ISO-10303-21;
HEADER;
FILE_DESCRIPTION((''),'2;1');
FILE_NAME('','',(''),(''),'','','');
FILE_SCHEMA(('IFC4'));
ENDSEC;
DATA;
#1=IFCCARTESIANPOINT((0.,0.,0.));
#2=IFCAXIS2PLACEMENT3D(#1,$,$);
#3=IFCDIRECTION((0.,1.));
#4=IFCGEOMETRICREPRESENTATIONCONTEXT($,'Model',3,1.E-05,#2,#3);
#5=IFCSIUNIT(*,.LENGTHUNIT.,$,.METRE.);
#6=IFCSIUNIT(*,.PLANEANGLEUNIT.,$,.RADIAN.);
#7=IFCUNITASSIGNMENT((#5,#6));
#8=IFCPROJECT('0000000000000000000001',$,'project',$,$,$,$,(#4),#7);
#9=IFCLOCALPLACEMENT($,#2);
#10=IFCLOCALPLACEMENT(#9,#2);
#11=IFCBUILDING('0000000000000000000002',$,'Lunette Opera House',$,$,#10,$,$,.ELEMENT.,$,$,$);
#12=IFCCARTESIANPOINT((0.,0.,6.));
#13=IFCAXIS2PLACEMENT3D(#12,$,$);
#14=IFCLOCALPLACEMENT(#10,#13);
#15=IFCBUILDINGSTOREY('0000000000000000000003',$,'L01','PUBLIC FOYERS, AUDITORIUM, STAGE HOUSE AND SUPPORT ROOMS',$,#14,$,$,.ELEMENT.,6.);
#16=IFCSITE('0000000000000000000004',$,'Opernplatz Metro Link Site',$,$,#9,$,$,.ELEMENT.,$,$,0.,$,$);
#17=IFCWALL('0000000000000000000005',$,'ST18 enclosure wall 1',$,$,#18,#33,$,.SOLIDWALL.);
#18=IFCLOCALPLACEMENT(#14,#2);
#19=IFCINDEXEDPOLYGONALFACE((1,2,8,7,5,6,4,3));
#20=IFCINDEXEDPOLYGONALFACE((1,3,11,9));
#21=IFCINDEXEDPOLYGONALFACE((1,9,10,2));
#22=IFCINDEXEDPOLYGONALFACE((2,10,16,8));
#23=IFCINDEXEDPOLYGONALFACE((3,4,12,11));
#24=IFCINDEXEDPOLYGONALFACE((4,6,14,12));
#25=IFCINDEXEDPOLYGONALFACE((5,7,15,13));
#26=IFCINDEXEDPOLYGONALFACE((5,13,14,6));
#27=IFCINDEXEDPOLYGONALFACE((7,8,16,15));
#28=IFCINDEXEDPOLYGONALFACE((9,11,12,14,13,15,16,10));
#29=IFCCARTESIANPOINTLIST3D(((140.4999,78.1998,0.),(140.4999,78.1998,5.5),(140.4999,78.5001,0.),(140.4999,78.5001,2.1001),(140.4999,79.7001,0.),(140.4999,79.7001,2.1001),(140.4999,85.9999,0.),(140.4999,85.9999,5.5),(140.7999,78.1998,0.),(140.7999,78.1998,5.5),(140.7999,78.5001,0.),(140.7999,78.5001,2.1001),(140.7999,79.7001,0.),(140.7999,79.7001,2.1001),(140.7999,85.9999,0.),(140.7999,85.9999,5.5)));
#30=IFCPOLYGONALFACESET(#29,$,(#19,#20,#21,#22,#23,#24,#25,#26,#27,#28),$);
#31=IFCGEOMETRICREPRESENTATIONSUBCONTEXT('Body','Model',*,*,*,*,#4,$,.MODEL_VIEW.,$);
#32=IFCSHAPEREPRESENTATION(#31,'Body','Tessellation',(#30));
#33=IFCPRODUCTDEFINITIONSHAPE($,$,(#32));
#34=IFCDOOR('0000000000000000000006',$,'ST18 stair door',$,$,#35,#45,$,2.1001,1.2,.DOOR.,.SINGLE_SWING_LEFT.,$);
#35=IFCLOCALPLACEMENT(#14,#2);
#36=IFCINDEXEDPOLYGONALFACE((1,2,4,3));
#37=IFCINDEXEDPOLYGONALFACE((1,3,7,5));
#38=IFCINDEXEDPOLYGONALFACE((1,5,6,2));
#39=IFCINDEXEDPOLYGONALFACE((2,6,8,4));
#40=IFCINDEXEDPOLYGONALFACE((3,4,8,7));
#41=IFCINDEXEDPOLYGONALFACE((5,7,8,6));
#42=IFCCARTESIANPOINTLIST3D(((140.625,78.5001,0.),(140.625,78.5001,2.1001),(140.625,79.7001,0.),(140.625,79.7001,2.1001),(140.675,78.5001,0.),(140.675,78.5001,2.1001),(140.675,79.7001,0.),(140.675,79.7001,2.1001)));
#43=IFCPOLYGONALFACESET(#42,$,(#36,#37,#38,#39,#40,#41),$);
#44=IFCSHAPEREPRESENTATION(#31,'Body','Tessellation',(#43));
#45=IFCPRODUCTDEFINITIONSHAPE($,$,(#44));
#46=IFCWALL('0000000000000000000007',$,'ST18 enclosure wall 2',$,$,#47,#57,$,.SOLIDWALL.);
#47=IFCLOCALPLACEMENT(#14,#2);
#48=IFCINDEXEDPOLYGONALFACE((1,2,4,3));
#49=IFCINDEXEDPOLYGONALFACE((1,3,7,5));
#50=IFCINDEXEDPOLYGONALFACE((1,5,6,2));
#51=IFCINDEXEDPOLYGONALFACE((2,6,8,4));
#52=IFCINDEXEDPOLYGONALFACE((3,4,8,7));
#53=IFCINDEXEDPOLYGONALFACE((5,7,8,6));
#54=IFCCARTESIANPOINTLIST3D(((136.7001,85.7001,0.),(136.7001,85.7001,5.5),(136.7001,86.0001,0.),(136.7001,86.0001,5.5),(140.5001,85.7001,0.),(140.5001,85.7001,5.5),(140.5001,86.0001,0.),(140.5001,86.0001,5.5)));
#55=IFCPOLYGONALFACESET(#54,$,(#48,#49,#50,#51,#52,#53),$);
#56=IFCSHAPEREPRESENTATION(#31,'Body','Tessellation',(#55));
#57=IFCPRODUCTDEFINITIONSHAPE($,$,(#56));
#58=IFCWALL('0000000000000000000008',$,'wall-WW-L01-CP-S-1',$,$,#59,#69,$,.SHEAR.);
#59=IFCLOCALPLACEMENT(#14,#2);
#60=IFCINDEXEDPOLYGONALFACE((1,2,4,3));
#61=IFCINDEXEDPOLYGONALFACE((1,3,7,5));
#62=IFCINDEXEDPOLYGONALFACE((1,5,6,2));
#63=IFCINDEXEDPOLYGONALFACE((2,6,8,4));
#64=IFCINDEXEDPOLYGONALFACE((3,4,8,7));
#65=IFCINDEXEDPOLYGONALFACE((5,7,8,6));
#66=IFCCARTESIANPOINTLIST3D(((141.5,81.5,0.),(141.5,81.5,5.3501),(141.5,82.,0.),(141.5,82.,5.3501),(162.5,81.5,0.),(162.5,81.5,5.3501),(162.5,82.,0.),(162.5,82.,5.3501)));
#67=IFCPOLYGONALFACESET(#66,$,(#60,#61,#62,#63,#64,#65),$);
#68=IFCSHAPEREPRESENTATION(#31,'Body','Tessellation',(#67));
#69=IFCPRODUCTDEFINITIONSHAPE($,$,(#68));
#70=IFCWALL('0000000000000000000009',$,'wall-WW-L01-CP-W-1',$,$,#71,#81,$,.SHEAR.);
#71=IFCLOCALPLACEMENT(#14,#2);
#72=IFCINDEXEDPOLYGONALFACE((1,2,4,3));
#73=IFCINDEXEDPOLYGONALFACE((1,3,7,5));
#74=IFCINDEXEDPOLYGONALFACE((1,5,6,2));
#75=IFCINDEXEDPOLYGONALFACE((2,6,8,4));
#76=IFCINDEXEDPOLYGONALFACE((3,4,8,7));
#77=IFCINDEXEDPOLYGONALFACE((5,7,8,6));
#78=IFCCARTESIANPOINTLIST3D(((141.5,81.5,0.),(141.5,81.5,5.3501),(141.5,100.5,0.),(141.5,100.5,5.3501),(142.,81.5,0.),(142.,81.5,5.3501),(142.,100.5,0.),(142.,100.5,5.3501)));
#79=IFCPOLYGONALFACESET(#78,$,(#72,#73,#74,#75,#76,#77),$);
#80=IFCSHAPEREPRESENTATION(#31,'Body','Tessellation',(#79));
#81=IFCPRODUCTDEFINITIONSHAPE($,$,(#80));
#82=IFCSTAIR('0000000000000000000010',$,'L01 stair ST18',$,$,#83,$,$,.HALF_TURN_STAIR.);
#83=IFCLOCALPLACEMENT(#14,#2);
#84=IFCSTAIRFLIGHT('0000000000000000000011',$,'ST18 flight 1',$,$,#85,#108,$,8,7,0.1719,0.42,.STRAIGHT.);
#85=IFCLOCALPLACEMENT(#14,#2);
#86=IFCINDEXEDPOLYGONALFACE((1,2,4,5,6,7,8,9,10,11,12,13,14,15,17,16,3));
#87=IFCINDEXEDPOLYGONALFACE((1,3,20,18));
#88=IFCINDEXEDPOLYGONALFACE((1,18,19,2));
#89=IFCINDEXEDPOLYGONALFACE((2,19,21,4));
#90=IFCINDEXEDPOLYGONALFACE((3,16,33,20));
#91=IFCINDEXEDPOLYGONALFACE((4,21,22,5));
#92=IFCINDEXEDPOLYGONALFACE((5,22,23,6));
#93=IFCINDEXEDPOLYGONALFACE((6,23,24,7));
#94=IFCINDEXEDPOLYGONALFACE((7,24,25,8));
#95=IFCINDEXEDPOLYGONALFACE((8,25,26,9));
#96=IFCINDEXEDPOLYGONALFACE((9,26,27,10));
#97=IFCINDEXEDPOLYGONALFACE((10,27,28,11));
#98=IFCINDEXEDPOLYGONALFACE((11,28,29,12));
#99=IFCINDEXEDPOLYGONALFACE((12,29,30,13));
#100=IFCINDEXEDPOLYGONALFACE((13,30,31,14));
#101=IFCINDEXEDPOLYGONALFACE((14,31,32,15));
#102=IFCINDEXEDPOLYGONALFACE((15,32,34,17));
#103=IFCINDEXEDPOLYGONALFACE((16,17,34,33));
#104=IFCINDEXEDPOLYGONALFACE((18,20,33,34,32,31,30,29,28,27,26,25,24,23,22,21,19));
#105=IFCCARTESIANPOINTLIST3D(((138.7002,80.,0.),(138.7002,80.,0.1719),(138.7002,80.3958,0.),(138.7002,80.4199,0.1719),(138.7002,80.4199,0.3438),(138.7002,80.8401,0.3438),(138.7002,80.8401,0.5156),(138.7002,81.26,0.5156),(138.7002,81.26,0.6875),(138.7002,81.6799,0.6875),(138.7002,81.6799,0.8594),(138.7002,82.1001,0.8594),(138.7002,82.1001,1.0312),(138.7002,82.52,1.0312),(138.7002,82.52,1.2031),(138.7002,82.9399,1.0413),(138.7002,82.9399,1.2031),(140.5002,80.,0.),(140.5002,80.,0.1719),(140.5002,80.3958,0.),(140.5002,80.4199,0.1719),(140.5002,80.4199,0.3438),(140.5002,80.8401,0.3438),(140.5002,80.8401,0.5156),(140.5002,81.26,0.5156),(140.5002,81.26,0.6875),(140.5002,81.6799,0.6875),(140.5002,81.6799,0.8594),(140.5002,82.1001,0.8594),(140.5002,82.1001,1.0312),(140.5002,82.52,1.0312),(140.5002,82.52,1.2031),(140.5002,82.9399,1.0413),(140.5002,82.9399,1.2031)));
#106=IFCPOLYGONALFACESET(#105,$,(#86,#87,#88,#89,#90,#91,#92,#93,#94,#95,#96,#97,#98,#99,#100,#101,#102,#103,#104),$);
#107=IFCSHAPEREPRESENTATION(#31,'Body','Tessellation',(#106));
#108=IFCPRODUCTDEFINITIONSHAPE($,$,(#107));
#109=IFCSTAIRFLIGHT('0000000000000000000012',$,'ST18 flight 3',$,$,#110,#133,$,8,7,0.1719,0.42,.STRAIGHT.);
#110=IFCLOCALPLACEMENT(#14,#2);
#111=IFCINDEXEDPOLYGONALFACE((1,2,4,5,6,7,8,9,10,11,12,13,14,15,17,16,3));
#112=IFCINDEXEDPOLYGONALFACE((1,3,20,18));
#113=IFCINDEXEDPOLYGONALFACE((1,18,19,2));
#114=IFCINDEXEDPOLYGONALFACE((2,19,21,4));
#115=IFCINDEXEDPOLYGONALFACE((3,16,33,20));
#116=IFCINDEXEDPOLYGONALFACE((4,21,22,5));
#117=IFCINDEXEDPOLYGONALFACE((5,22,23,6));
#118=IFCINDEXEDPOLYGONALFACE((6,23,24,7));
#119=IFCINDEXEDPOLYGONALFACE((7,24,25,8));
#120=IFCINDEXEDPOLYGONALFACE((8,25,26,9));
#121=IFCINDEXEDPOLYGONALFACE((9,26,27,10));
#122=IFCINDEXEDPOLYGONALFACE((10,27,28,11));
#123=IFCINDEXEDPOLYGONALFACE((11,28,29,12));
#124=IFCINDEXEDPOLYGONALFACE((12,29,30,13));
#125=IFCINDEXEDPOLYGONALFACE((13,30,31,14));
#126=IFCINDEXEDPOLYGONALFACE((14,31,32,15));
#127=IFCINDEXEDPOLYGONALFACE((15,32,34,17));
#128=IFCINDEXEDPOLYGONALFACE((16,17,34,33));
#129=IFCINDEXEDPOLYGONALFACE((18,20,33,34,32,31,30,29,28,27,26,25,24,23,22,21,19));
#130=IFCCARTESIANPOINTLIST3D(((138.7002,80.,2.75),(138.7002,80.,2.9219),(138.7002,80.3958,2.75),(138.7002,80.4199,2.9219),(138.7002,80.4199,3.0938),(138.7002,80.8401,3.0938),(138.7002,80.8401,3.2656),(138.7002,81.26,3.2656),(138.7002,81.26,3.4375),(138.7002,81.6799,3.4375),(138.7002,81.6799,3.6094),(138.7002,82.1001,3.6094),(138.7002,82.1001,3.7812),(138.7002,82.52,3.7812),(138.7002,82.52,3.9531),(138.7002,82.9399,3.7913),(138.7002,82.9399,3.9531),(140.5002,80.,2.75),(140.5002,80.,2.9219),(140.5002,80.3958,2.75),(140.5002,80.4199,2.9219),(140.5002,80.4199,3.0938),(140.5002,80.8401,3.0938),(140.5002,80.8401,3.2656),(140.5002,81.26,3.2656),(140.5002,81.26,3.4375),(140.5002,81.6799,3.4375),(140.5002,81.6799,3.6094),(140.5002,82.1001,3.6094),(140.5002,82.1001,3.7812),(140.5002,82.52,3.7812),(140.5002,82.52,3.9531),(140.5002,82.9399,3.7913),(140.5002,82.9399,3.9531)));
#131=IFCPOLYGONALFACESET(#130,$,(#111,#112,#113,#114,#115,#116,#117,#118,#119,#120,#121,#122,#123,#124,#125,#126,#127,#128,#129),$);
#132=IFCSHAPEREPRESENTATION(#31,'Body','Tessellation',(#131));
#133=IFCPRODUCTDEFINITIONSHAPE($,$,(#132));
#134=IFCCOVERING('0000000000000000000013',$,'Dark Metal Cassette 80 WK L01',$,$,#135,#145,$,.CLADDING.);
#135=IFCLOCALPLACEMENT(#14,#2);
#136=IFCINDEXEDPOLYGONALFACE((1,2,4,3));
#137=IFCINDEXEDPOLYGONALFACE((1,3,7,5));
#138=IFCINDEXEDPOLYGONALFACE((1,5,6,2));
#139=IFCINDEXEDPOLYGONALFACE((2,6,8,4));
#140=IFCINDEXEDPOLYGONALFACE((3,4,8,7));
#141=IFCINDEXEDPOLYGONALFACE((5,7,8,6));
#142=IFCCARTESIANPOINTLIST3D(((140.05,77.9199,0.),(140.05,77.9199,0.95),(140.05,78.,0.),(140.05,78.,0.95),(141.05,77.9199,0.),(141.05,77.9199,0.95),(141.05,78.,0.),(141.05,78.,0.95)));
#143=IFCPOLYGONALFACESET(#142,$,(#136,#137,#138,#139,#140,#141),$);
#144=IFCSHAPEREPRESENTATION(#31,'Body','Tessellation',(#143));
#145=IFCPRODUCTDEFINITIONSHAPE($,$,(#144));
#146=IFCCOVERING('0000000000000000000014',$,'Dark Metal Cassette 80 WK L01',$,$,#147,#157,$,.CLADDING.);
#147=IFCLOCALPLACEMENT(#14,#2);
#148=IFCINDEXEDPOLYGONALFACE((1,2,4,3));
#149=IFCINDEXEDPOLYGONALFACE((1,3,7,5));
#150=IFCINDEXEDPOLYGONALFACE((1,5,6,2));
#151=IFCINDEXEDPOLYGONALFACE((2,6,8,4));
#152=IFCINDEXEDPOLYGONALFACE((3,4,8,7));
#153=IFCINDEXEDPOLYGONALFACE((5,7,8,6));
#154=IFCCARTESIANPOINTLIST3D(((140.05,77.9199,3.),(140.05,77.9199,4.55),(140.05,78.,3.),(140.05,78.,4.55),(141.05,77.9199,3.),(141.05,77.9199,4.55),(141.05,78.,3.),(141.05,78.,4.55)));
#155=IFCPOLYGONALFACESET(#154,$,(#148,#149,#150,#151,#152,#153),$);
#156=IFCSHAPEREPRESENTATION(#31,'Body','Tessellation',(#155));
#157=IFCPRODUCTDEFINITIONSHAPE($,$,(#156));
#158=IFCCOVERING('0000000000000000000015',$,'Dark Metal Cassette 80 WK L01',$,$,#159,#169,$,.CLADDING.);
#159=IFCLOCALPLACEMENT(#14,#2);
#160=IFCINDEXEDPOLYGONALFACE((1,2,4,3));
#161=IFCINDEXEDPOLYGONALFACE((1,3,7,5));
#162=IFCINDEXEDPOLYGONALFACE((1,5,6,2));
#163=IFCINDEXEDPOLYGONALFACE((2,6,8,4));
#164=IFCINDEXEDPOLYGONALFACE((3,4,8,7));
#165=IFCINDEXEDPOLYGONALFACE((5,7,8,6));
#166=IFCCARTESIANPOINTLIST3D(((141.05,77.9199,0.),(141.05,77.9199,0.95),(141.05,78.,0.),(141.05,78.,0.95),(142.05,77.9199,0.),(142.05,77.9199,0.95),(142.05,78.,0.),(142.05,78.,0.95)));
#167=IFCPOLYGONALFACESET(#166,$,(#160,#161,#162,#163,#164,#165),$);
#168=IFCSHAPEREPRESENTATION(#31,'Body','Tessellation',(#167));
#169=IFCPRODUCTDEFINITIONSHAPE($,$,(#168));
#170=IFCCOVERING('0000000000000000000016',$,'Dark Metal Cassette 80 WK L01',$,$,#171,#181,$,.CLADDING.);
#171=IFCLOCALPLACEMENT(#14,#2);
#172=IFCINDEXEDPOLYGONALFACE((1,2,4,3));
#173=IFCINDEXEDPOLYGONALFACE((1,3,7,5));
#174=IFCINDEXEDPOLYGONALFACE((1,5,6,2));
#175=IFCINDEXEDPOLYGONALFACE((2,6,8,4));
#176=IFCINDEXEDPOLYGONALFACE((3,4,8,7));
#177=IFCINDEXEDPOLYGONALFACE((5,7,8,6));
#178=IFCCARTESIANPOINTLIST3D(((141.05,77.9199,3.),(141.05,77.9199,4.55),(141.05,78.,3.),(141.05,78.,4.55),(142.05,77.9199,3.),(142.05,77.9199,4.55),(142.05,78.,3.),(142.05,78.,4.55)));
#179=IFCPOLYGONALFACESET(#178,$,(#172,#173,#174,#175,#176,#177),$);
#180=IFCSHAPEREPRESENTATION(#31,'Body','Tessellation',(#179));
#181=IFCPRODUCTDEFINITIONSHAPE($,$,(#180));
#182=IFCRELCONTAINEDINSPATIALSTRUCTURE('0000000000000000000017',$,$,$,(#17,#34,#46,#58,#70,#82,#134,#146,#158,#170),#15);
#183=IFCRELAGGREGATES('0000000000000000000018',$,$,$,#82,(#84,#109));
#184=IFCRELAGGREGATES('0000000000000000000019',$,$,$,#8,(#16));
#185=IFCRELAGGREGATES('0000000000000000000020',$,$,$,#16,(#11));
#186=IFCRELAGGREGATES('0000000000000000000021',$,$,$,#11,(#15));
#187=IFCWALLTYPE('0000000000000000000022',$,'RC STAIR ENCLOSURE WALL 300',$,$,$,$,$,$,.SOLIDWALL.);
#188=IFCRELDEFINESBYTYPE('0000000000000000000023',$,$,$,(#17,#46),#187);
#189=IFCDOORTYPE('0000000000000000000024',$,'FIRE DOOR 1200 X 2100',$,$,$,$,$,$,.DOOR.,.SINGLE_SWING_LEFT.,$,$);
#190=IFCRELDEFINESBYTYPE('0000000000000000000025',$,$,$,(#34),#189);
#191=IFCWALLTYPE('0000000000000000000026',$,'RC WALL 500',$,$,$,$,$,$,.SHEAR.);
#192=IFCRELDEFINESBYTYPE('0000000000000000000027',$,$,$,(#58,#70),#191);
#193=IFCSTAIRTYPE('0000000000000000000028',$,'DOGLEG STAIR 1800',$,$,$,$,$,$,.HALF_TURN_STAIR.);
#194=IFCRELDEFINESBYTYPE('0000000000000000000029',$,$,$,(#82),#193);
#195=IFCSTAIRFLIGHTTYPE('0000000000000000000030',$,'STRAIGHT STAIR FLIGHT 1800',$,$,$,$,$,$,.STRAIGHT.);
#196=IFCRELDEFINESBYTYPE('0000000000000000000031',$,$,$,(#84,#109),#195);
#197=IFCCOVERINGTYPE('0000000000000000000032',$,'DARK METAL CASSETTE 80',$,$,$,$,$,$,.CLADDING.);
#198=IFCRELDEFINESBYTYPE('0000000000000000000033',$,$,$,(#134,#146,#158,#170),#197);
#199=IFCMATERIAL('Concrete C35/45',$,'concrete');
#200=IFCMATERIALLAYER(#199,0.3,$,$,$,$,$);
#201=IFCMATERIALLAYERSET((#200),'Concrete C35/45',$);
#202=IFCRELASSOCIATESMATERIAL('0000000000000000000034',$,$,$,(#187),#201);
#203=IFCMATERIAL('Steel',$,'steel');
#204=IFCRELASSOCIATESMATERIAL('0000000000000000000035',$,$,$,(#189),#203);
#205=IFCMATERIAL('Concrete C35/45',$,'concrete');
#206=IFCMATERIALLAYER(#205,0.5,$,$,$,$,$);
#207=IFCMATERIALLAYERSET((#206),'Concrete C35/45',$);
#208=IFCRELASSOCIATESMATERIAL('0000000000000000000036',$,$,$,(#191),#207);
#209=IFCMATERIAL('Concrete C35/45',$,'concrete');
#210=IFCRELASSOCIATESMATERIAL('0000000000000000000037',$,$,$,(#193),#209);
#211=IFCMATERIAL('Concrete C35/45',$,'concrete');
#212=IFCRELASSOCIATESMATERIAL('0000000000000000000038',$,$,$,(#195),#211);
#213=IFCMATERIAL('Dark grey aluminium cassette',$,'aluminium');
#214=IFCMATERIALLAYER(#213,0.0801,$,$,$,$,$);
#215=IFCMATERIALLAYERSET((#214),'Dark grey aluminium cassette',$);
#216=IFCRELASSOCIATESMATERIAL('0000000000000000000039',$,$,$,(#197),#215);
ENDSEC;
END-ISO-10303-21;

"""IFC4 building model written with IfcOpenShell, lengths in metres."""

from ifc_helpers import new_model, si_unit, direction, frame, frame_2d, origin, origin_2d, place, context, subcontext, project, spatial, polyline, rectangle, outline, extrude, material, layer, layer_set, type_object, element, fill, aggregate, save


model = new_model("IFC4")

# Units and contexts
model_context = context("Model", 3, precision=1e-05, world=origin(), true_north=direction((0.0, 1.0)))
body_context = subcontext(model_context, "Body", "Model", "MODEL_VIEW")
ifc_project = project(units=[si_unit("LENGTHUNIT", "METRE"), si_unit("PLANEANGLEUNIT", "RADIAN")], contexts=[model_context])

# Site, building, storey
site_placement = place(None, origin())
site = spatial("IfcSite", under=ifc_project, at=site_placement, Name="Opernplatz Metro Link Site", CompositionType="ELEMENT", RefElevation=0.0)
building_placement = place(site_placement, origin())
building = spatial("IfcBuilding", under=site, at=building_placement, Name="Lunette Opera House", CompositionType="ELEMENT")
storey_placement = place(building_placement, frame((0.0, 0.0, 6.0)))
storey = spatial("IfcBuildingStorey", under=building, at=storey_placement, Name="L01", Description="PUBLIC FOYERS, AUDITORIUM, STAGE HOUSE AND SUPPORT ROOMS", CompositionType="ELEMENT", Elevation=6.0)

# Wall, opening, door
ifc_material_1 = material(Name="Concrete C35/45", Category="concrete")
ifc_layer_1 = layer(ifc_material_1, 0.3)
ifc_layer_set_1 = layer_set([ifc_layer_1], Name="Concrete C35/45")
wall_type_1 = type_object("IfcWallType", Name="RC STAIR ENCLOSURE WALL 300", PredefinedType="SOLIDWALL", material=ifc_layer_set_1)
wall_1_placement = place(storey_placement, frame((140.6499, 78.2, 0.0), z_axis=(0.0, 0.0, 1.0), x_axis=(0.0, 1.0, 0.0)))
wall_1 = element("IfcWall", 1, at=wall_1_placement, inside=storey, type_object=wall_type_1, Name="ST18 enclosure wall 1", PredefinedType="SOLIDWALL", context=body_context, shape_type="SweptSolid", body=[
    extrude(rectangle(XDim=7.8, YDim=0.3, at=frame_2d((3.8999, 0.0))), origin(), (0.0, 0.0, 1.0), 5.5),
])
opening_placement = place(wall_1_placement, frame((0.3, 0.0, 0.0)))
opening = element("IfcOpeningElement", 2, at=opening_placement, cuts=wall_1, PredefinedType="OPENING", context=body_context, shape_type="SweptSolid", body=[
    extrude(rectangle(XDim=1.2, YDim=2.1001, at=frame_2d((0.6001, 1.05))), frame((0.0, 0.1621, 0.0), z_axis=(0.0, -1.0, 0.0), x_axis=(1.0, 0.0, 0.0)), (0.0, 0.0, 1.0), 0.324),
])
ifc_material_2 = material(Name="Steel", Category="steel")
door_type = type_object("IfcDoorType", Name="FIRE DOOR 1200 X 2100", OperationType="SINGLE_SWING_LEFT", PredefinedType="DOOR", material=ifc_material_2)
door_placement = place(opening_placement, origin())
door = element("IfcDoor", 3, at=door_placement, inside=storey, type_object=door_type, Name="ST18 stair door", OperationType="SINGLE_SWING_LEFT", OverallHeight=2.1001, OverallWidth=1.2, PredefinedType="DOOR", context=body_context, shape_type="SweptSolid", body=[
    extrude(rectangle(XDim=1.2, YDim=2.1001, at=frame_2d((0.6001, 1.05))), frame((0.0, 0.0249, 0.0), z_axis=(0.0, -1.0, 0.0), x_axis=(1.0, 0.0, 0.0)), (0.0, 0.0, 1.0), 0.05),
])
fill(opening, door)

# Walls
wall_2_placement = place(storey_placement, frame((140.5, 85.8501, 0.0), z_axis=(0.0, 0.0, 1.0), x_axis=(-1.0, 0.0, 0.0)))
element("IfcWall", 4, at=wall_2_placement, inside=storey, type_object=wall_type_1, Name="ST18 enclosure wall 2", PredefinedType="SOLIDWALL", context=body_context, shape_type="SweptSolid", body=[
    extrude(rectangle(XDim=3.8, YDim=0.3, at=frame_2d((1.8999, 0.0))), origin(), (0.0, 0.0, 1.0), 5.5),
])
ifc_material_3 = material(Name="Concrete C35/45", Category="concrete")
ifc_layer_2 = layer(ifc_material_3, 0.5)
ifc_layer_set_2 = layer_set([ifc_layer_2], Name="Concrete C35/45")
wall_type_2 = type_object("IfcWallType", Name="RC WALL 500", PredefinedType="SHEAR", material=ifc_layer_set_2)
wall_3_placement = place(storey_placement, frame((141.5, 81.75, 0.0), z_axis=(0.0, 0.0, 1.0), x_axis=(1.0, 0.0, 0.0)))
element("IfcWall", 5, at=wall_3_placement, inside=storey, type_object=wall_type_2, Name="wall-WW-L01-CP-S-1", PredefinedType="SHEAR", context=body_context, shape_type="SweptSolid", body=[
    extrude(rectangle(XDim=21.0, YDim=0.5, at=frame_2d((10.5, 0.0))), origin(), (0.0, 0.0, 1.0), 5.3501),
])
wall_4_placement = place(storey_placement, frame((141.75, 81.5, 0.0), z_axis=(0.0, 0.0, 1.0), x_axis=(0.0, 1.0, 0.0)))
element("IfcWall", 6, at=wall_4_placement, inside=storey, type_object=wall_type_2, Name="wall-WW-L01-CP-W-1", PredefinedType="SHEAR", context=body_context, shape_type="SweptSolid", body=[
    extrude(rectangle(XDim=19.0, YDim=0.5, at=frame_2d((9.5, 0.0))), origin(), (0.0, 0.0, 1.0), 5.3501),
])

# Stair, stair flights
ifc_material_4 = material(Name="Concrete C35/45", Category="concrete")
stair_type = type_object("IfcStairType", Name="DOGLEG STAIR 1800", PredefinedType="HALF_TURN_STAIR", material=ifc_material_4)
stair_placement = place(storey_placement, origin())
stair = element("IfcStair", 7, at=stair_placement, inside=storey, type_object=stair_type, Name="L01 stair ST18", PredefinedType="HALF_TURN_STAIR")
ifc_material_5 = material(Name="Concrete C35/45", Category="concrete")
stair_flight_type = type_object("IfcStairFlightType", Name="STRAIGHT STAIR FLIGHT 1800", PredefinedType="STRAIGHT", material=ifc_material_5)
stair_flight_1_placement = place(storey_placement, frame((139.6001, 80.0, 0.0), z_axis=(0.0, 0.0, 1.0), x_axis=(0.0, 1.0, 0.0)))
stair_flight_1 = element("IfcStairFlight", 8, at=stair_flight_1_placement, type_object=stair_flight_type, Name="ST18 flight 1", NumberOfRisers=8, NumberOfTreads=7, PredefinedType="STRAIGHT", RiserHeight=0.1719, TreadLength=0.42, context=body_context, shape_type="SweptSolid", body=[
    extrude(outline(polyline([(0.0, 0.0), (0.0, 0.1719), (0.4199, 0.1719), (0.4199, 0.3438), (0.8401, 0.3438), (0.8401, 0.5156), (1.26, 0.5156), (1.26, 0.6875), (1.6799, 0.6875), (1.6799, 0.8594), (2.1001, 0.8594), (2.1001, 1.0312), (2.52, 1.0312), (2.52, 1.2031), (2.9399, 1.2031), (2.9399, 1.375), (2.9399, 1.0413), (0.3958, 0.0), (0.0, 0.0)])), frame((0.0, 0.8999, 0.0), z_axis=(0.0, -1.0, 0.0), x_axis=(1.0, 0.0, 0.0)), (0.0, 0.0, 1.0), 1.8),
])
stair_flight_2_placement = place(storey_placement, frame((139.6001, 80.0, 2.75), z_axis=(0.0, 0.0, 1.0), x_axis=(0.0, 1.0, 0.0)))
stair_flight_2 = element("IfcStairFlight", 9, at=stair_flight_2_placement, type_object=stair_flight_type, Name="ST18 flight 3", NumberOfRisers=8, NumberOfTreads=7, PredefinedType="STRAIGHT", RiserHeight=0.1719, TreadLength=0.42, context=body_context, shape_type="SweptSolid", body=[
    extrude(outline(polyline([(0.0, 0.0), (0.0, 0.1719), (0.4199, 0.1719), (0.4199, 0.3438), (0.8401, 0.3438), (0.8401, 0.5156), (1.26, 0.5156), (1.26, 0.6875), (1.6799, 0.6875), (1.6799, 0.8594), (2.1001, 0.8594), (2.1001, 1.0312), (2.52, 1.0312), (2.52, 1.2031), (2.9399, 1.2031), (2.9399, 1.375), (2.9399, 1.0413), (0.3958, 0.0), (0.0, 0.0)])), frame((0.0, 0.8999, 0.0), z_axis=(0.0, -1.0, 0.0), x_axis=(1.0, 0.0, 0.0)), (0.0, 0.0, 1.0), 1.8),
])
aggregate(stair, [stair_flight_1, stair_flight_2])

# Coverings
ifc_material_6 = material(Name="Dark grey aluminium cassette", Category="aluminium")
ifc_layer_3 = layer(ifc_material_6, 0.0801)
ifc_layer_set_3 = layer_set([ifc_layer_3], Name="Dark grey aluminium cassette")
covering_type = type_object("IfcCoveringType", Name="DARK METAL CASSETTE 80", PredefinedType="CLADDING", material=ifc_layer_set_3)
covering_1_placement = place(storey_placement, frame((140.55, 77.96, 0.0), z_axis=(0.0, 0.0, 1.0), x_axis=(1.0, 0.0, 0.0)))
element("IfcCovering", 10, at=covering_1_placement, inside=storey, type_object=covering_type, Name="Dark Metal Cassette 80 WK L01", PredefinedType="CLADDING", context=body_context, shape_type="SweptSolid", body=[
    extrude(rectangle(XDim=1.0, YDim=0.0801, at=origin_2d()), origin(), (0.0, 0.0, 1.0), 0.95),
])
covering_2_placement = place(storey_placement, frame((140.55, 77.96, 3.0), z_axis=(0.0, 0.0, 1.0), x_axis=(1.0, 0.0, 0.0)))
element("IfcCovering", 11, at=covering_2_placement, inside=storey, type_object=covering_type, Name="Dark Metal Cassette 80 WK L01", PredefinedType="CLADDING", context=body_context, shape_type="SweptSolid", body=[
    extrude(rectangle(XDim=1.0, YDim=0.0801, at=origin_2d()), origin(), (0.0, 0.0, 1.0), 1.55),
])
covering_3_placement = place(storey_placement, frame((141.55, 77.96, 0.0), z_axis=(0.0, 0.0, 1.0), x_axis=(1.0, 0.0, 0.0)))
element("IfcCovering", 12, at=covering_3_placement, inside=storey, type_object=covering_type, Name="Dark Metal Cassette 80 WK L01", PredefinedType="CLADDING", context=body_context, shape_type="SweptSolid", body=[
    extrude(rectangle(XDim=1.0, YDim=0.0801, at=origin_2d()), origin(), (0.0, 0.0, 1.0), 0.95),
])
covering_4_placement = place(storey_placement, frame((141.55, 77.96, 3.0), z_axis=(0.0, 0.0, 1.0), x_axis=(1.0, 0.0, 0.0)))
element("IfcCovering", 13, at=covering_4_placement, inside=storey, type_object=covering_type, Name="Dark Metal Cassette 80 WK L01", PredefinedType="CLADDING", context=body_context, shape_type="SweptSolid", body=[
    extrude(rectangle(XDim=1.0, YDim=0.0801, at=origin_2d()), origin(), (0.0, 0.0, 1.0), 1.55),
])

save(model, "model.ifc")
